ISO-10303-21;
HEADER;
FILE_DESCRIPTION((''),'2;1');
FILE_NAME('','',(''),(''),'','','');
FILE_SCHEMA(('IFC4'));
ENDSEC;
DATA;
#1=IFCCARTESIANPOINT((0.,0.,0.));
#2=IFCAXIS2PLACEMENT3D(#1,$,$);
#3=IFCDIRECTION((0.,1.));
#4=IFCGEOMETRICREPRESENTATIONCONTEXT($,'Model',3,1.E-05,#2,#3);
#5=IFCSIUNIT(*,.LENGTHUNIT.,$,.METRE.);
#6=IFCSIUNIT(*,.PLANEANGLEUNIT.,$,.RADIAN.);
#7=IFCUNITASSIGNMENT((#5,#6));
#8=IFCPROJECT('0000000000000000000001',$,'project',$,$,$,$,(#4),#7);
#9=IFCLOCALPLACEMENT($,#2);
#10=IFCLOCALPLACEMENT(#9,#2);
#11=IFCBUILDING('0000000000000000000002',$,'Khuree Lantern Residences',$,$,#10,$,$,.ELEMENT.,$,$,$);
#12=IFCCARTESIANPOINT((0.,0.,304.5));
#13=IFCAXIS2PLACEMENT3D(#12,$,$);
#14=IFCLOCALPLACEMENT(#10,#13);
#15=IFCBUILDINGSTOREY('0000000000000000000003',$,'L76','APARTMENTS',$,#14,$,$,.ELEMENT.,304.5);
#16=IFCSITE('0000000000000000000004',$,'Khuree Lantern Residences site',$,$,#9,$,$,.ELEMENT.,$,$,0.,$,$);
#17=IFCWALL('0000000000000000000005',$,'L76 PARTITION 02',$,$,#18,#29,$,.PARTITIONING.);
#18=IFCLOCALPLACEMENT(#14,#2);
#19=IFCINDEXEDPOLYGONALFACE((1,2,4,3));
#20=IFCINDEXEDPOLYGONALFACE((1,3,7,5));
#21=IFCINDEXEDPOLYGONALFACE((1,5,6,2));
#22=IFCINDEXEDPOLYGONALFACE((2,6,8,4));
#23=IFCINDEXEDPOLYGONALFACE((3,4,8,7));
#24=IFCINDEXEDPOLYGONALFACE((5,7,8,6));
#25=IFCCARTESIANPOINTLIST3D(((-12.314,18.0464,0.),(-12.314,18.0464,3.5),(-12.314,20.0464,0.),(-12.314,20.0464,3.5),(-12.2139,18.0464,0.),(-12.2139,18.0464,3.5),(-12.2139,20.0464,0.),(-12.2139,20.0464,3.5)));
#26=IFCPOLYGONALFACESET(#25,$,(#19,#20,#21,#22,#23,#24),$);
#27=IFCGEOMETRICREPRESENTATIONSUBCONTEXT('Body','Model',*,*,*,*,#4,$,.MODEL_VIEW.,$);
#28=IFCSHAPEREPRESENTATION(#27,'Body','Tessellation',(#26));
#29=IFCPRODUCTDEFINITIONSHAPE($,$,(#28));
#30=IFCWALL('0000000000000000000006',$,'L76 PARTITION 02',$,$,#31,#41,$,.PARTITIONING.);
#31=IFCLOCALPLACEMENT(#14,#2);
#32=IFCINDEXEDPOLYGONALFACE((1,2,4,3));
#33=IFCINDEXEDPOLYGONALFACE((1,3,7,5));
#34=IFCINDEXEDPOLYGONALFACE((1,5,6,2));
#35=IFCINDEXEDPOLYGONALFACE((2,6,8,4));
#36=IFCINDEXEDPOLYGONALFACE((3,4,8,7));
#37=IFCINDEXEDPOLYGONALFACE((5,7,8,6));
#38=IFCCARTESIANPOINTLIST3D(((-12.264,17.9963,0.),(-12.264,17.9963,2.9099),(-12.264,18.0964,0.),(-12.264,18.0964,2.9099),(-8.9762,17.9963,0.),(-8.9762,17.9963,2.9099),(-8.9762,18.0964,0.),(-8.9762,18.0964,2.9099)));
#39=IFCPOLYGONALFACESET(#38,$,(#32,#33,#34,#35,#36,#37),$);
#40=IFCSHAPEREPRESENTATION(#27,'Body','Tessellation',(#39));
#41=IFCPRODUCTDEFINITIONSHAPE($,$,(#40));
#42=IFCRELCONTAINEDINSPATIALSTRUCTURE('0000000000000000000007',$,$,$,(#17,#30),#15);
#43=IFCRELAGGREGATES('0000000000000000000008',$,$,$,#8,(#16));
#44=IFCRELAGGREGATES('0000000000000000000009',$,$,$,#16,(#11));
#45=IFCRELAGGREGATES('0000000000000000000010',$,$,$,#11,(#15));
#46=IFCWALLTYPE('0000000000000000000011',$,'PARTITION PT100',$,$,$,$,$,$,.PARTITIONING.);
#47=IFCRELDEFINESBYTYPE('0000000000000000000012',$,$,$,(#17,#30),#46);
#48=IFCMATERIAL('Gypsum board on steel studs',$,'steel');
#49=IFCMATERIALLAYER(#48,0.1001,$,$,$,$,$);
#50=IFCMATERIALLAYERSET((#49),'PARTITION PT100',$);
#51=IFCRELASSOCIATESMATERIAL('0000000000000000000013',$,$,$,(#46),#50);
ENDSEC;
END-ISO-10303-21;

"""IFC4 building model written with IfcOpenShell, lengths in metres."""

from ifc_helpers import new_model, si_unit, direction, frame, frame_2d, origin, place, context, subcontext, project, spatial, rectangle, extrude, material, layer, layer_set, type_object, element, save


model = new_model("IFC4")

# Units and contexts
model_context = context("Model", 3, precision=1e-05, world=origin(), true_north=direction((0.0, 1.0)))
body_context = subcontext(model_context, "Body", "Model", "MODEL_VIEW")
ifc_project = project(units=[si_unit("LENGTHUNIT", "METRE"), si_unit("PLANEANGLEUNIT", "RADIAN")], contexts=[model_context])

# Site, building, storey
site_placement = place(None, origin())
site = spatial("IfcSite", under=ifc_project, at=site_placement, Name="Khuree Lantern Residences site", CompositionType="ELEMENT", RefElevation=0.0)
building_placement = place(site_placement, origin())
building = spatial("IfcBuilding", under=site, at=building_placement, Name="Khuree Lantern Residences", CompositionType="ELEMENT")
storey_placement = place(building_placement, frame((0.0, 0.0, 304.5)))
storey = spatial("IfcBuildingStorey", under=building, at=storey_placement, Name="L76", Description="APARTMENTS", CompositionType="ELEMENT", Elevation=304.5)

# Shared definitions
ifc_material_1 = material(Name="Gypsum board on steel studs", Category="steel")
ifc_layer_1 = layer(ifc_material_1, 0.1001)
ifc_layer_set_1 = layer_set([ifc_layer_1], Name="PARTITION PT100")
wall_type_1 = type_object("IfcWallType", Name="PARTITION PT100", PredefinedType="PARTITIONING", material=ifc_layer_set_1)

# Walls
wall_1_placement = place(storey_placement, frame((-12.2639, 18.0464, 0.0), z_axis=(0.0, 0.0, 1.0), x_axis=(0.0, 1.0, 0.0)))
element("IfcWall", 1, at=wall_1_placement, inside=storey, type_object=wall_type_1, Name="L76 PARTITION 02", PredefinedType="PARTITIONING", context=body_context, shape_type="SweptSolid", body=[
    extrude(rectangle(XDim=2.0, YDim=0.1001, at=frame_2d((1.0, 0.0))), origin(), (0.0, 0.0, 1.0), 3.5),
])
wall_2_placement = place(storey_placement, frame((-8.9761, 18.0464, 0.0), z_axis=(0.0, 0.0, 1.0), x_axis=(-1.0, 0.0, 0.0)))
element("IfcWall", 2, at=wall_2_placement, inside=storey, type_object=wall_type_1, Name="L76 PARTITION 02", PredefinedType="PARTITIONING", context=body_context, shape_type="SweptSolid", body=[
    extrude(rectangle(XDim=3.2878, YDim=0.1001, at=frame_2d((1.644, 0.0))), origin(), (0.0, 0.0, 1.0), 2.9099),
])

save(model, "model.ifc")
